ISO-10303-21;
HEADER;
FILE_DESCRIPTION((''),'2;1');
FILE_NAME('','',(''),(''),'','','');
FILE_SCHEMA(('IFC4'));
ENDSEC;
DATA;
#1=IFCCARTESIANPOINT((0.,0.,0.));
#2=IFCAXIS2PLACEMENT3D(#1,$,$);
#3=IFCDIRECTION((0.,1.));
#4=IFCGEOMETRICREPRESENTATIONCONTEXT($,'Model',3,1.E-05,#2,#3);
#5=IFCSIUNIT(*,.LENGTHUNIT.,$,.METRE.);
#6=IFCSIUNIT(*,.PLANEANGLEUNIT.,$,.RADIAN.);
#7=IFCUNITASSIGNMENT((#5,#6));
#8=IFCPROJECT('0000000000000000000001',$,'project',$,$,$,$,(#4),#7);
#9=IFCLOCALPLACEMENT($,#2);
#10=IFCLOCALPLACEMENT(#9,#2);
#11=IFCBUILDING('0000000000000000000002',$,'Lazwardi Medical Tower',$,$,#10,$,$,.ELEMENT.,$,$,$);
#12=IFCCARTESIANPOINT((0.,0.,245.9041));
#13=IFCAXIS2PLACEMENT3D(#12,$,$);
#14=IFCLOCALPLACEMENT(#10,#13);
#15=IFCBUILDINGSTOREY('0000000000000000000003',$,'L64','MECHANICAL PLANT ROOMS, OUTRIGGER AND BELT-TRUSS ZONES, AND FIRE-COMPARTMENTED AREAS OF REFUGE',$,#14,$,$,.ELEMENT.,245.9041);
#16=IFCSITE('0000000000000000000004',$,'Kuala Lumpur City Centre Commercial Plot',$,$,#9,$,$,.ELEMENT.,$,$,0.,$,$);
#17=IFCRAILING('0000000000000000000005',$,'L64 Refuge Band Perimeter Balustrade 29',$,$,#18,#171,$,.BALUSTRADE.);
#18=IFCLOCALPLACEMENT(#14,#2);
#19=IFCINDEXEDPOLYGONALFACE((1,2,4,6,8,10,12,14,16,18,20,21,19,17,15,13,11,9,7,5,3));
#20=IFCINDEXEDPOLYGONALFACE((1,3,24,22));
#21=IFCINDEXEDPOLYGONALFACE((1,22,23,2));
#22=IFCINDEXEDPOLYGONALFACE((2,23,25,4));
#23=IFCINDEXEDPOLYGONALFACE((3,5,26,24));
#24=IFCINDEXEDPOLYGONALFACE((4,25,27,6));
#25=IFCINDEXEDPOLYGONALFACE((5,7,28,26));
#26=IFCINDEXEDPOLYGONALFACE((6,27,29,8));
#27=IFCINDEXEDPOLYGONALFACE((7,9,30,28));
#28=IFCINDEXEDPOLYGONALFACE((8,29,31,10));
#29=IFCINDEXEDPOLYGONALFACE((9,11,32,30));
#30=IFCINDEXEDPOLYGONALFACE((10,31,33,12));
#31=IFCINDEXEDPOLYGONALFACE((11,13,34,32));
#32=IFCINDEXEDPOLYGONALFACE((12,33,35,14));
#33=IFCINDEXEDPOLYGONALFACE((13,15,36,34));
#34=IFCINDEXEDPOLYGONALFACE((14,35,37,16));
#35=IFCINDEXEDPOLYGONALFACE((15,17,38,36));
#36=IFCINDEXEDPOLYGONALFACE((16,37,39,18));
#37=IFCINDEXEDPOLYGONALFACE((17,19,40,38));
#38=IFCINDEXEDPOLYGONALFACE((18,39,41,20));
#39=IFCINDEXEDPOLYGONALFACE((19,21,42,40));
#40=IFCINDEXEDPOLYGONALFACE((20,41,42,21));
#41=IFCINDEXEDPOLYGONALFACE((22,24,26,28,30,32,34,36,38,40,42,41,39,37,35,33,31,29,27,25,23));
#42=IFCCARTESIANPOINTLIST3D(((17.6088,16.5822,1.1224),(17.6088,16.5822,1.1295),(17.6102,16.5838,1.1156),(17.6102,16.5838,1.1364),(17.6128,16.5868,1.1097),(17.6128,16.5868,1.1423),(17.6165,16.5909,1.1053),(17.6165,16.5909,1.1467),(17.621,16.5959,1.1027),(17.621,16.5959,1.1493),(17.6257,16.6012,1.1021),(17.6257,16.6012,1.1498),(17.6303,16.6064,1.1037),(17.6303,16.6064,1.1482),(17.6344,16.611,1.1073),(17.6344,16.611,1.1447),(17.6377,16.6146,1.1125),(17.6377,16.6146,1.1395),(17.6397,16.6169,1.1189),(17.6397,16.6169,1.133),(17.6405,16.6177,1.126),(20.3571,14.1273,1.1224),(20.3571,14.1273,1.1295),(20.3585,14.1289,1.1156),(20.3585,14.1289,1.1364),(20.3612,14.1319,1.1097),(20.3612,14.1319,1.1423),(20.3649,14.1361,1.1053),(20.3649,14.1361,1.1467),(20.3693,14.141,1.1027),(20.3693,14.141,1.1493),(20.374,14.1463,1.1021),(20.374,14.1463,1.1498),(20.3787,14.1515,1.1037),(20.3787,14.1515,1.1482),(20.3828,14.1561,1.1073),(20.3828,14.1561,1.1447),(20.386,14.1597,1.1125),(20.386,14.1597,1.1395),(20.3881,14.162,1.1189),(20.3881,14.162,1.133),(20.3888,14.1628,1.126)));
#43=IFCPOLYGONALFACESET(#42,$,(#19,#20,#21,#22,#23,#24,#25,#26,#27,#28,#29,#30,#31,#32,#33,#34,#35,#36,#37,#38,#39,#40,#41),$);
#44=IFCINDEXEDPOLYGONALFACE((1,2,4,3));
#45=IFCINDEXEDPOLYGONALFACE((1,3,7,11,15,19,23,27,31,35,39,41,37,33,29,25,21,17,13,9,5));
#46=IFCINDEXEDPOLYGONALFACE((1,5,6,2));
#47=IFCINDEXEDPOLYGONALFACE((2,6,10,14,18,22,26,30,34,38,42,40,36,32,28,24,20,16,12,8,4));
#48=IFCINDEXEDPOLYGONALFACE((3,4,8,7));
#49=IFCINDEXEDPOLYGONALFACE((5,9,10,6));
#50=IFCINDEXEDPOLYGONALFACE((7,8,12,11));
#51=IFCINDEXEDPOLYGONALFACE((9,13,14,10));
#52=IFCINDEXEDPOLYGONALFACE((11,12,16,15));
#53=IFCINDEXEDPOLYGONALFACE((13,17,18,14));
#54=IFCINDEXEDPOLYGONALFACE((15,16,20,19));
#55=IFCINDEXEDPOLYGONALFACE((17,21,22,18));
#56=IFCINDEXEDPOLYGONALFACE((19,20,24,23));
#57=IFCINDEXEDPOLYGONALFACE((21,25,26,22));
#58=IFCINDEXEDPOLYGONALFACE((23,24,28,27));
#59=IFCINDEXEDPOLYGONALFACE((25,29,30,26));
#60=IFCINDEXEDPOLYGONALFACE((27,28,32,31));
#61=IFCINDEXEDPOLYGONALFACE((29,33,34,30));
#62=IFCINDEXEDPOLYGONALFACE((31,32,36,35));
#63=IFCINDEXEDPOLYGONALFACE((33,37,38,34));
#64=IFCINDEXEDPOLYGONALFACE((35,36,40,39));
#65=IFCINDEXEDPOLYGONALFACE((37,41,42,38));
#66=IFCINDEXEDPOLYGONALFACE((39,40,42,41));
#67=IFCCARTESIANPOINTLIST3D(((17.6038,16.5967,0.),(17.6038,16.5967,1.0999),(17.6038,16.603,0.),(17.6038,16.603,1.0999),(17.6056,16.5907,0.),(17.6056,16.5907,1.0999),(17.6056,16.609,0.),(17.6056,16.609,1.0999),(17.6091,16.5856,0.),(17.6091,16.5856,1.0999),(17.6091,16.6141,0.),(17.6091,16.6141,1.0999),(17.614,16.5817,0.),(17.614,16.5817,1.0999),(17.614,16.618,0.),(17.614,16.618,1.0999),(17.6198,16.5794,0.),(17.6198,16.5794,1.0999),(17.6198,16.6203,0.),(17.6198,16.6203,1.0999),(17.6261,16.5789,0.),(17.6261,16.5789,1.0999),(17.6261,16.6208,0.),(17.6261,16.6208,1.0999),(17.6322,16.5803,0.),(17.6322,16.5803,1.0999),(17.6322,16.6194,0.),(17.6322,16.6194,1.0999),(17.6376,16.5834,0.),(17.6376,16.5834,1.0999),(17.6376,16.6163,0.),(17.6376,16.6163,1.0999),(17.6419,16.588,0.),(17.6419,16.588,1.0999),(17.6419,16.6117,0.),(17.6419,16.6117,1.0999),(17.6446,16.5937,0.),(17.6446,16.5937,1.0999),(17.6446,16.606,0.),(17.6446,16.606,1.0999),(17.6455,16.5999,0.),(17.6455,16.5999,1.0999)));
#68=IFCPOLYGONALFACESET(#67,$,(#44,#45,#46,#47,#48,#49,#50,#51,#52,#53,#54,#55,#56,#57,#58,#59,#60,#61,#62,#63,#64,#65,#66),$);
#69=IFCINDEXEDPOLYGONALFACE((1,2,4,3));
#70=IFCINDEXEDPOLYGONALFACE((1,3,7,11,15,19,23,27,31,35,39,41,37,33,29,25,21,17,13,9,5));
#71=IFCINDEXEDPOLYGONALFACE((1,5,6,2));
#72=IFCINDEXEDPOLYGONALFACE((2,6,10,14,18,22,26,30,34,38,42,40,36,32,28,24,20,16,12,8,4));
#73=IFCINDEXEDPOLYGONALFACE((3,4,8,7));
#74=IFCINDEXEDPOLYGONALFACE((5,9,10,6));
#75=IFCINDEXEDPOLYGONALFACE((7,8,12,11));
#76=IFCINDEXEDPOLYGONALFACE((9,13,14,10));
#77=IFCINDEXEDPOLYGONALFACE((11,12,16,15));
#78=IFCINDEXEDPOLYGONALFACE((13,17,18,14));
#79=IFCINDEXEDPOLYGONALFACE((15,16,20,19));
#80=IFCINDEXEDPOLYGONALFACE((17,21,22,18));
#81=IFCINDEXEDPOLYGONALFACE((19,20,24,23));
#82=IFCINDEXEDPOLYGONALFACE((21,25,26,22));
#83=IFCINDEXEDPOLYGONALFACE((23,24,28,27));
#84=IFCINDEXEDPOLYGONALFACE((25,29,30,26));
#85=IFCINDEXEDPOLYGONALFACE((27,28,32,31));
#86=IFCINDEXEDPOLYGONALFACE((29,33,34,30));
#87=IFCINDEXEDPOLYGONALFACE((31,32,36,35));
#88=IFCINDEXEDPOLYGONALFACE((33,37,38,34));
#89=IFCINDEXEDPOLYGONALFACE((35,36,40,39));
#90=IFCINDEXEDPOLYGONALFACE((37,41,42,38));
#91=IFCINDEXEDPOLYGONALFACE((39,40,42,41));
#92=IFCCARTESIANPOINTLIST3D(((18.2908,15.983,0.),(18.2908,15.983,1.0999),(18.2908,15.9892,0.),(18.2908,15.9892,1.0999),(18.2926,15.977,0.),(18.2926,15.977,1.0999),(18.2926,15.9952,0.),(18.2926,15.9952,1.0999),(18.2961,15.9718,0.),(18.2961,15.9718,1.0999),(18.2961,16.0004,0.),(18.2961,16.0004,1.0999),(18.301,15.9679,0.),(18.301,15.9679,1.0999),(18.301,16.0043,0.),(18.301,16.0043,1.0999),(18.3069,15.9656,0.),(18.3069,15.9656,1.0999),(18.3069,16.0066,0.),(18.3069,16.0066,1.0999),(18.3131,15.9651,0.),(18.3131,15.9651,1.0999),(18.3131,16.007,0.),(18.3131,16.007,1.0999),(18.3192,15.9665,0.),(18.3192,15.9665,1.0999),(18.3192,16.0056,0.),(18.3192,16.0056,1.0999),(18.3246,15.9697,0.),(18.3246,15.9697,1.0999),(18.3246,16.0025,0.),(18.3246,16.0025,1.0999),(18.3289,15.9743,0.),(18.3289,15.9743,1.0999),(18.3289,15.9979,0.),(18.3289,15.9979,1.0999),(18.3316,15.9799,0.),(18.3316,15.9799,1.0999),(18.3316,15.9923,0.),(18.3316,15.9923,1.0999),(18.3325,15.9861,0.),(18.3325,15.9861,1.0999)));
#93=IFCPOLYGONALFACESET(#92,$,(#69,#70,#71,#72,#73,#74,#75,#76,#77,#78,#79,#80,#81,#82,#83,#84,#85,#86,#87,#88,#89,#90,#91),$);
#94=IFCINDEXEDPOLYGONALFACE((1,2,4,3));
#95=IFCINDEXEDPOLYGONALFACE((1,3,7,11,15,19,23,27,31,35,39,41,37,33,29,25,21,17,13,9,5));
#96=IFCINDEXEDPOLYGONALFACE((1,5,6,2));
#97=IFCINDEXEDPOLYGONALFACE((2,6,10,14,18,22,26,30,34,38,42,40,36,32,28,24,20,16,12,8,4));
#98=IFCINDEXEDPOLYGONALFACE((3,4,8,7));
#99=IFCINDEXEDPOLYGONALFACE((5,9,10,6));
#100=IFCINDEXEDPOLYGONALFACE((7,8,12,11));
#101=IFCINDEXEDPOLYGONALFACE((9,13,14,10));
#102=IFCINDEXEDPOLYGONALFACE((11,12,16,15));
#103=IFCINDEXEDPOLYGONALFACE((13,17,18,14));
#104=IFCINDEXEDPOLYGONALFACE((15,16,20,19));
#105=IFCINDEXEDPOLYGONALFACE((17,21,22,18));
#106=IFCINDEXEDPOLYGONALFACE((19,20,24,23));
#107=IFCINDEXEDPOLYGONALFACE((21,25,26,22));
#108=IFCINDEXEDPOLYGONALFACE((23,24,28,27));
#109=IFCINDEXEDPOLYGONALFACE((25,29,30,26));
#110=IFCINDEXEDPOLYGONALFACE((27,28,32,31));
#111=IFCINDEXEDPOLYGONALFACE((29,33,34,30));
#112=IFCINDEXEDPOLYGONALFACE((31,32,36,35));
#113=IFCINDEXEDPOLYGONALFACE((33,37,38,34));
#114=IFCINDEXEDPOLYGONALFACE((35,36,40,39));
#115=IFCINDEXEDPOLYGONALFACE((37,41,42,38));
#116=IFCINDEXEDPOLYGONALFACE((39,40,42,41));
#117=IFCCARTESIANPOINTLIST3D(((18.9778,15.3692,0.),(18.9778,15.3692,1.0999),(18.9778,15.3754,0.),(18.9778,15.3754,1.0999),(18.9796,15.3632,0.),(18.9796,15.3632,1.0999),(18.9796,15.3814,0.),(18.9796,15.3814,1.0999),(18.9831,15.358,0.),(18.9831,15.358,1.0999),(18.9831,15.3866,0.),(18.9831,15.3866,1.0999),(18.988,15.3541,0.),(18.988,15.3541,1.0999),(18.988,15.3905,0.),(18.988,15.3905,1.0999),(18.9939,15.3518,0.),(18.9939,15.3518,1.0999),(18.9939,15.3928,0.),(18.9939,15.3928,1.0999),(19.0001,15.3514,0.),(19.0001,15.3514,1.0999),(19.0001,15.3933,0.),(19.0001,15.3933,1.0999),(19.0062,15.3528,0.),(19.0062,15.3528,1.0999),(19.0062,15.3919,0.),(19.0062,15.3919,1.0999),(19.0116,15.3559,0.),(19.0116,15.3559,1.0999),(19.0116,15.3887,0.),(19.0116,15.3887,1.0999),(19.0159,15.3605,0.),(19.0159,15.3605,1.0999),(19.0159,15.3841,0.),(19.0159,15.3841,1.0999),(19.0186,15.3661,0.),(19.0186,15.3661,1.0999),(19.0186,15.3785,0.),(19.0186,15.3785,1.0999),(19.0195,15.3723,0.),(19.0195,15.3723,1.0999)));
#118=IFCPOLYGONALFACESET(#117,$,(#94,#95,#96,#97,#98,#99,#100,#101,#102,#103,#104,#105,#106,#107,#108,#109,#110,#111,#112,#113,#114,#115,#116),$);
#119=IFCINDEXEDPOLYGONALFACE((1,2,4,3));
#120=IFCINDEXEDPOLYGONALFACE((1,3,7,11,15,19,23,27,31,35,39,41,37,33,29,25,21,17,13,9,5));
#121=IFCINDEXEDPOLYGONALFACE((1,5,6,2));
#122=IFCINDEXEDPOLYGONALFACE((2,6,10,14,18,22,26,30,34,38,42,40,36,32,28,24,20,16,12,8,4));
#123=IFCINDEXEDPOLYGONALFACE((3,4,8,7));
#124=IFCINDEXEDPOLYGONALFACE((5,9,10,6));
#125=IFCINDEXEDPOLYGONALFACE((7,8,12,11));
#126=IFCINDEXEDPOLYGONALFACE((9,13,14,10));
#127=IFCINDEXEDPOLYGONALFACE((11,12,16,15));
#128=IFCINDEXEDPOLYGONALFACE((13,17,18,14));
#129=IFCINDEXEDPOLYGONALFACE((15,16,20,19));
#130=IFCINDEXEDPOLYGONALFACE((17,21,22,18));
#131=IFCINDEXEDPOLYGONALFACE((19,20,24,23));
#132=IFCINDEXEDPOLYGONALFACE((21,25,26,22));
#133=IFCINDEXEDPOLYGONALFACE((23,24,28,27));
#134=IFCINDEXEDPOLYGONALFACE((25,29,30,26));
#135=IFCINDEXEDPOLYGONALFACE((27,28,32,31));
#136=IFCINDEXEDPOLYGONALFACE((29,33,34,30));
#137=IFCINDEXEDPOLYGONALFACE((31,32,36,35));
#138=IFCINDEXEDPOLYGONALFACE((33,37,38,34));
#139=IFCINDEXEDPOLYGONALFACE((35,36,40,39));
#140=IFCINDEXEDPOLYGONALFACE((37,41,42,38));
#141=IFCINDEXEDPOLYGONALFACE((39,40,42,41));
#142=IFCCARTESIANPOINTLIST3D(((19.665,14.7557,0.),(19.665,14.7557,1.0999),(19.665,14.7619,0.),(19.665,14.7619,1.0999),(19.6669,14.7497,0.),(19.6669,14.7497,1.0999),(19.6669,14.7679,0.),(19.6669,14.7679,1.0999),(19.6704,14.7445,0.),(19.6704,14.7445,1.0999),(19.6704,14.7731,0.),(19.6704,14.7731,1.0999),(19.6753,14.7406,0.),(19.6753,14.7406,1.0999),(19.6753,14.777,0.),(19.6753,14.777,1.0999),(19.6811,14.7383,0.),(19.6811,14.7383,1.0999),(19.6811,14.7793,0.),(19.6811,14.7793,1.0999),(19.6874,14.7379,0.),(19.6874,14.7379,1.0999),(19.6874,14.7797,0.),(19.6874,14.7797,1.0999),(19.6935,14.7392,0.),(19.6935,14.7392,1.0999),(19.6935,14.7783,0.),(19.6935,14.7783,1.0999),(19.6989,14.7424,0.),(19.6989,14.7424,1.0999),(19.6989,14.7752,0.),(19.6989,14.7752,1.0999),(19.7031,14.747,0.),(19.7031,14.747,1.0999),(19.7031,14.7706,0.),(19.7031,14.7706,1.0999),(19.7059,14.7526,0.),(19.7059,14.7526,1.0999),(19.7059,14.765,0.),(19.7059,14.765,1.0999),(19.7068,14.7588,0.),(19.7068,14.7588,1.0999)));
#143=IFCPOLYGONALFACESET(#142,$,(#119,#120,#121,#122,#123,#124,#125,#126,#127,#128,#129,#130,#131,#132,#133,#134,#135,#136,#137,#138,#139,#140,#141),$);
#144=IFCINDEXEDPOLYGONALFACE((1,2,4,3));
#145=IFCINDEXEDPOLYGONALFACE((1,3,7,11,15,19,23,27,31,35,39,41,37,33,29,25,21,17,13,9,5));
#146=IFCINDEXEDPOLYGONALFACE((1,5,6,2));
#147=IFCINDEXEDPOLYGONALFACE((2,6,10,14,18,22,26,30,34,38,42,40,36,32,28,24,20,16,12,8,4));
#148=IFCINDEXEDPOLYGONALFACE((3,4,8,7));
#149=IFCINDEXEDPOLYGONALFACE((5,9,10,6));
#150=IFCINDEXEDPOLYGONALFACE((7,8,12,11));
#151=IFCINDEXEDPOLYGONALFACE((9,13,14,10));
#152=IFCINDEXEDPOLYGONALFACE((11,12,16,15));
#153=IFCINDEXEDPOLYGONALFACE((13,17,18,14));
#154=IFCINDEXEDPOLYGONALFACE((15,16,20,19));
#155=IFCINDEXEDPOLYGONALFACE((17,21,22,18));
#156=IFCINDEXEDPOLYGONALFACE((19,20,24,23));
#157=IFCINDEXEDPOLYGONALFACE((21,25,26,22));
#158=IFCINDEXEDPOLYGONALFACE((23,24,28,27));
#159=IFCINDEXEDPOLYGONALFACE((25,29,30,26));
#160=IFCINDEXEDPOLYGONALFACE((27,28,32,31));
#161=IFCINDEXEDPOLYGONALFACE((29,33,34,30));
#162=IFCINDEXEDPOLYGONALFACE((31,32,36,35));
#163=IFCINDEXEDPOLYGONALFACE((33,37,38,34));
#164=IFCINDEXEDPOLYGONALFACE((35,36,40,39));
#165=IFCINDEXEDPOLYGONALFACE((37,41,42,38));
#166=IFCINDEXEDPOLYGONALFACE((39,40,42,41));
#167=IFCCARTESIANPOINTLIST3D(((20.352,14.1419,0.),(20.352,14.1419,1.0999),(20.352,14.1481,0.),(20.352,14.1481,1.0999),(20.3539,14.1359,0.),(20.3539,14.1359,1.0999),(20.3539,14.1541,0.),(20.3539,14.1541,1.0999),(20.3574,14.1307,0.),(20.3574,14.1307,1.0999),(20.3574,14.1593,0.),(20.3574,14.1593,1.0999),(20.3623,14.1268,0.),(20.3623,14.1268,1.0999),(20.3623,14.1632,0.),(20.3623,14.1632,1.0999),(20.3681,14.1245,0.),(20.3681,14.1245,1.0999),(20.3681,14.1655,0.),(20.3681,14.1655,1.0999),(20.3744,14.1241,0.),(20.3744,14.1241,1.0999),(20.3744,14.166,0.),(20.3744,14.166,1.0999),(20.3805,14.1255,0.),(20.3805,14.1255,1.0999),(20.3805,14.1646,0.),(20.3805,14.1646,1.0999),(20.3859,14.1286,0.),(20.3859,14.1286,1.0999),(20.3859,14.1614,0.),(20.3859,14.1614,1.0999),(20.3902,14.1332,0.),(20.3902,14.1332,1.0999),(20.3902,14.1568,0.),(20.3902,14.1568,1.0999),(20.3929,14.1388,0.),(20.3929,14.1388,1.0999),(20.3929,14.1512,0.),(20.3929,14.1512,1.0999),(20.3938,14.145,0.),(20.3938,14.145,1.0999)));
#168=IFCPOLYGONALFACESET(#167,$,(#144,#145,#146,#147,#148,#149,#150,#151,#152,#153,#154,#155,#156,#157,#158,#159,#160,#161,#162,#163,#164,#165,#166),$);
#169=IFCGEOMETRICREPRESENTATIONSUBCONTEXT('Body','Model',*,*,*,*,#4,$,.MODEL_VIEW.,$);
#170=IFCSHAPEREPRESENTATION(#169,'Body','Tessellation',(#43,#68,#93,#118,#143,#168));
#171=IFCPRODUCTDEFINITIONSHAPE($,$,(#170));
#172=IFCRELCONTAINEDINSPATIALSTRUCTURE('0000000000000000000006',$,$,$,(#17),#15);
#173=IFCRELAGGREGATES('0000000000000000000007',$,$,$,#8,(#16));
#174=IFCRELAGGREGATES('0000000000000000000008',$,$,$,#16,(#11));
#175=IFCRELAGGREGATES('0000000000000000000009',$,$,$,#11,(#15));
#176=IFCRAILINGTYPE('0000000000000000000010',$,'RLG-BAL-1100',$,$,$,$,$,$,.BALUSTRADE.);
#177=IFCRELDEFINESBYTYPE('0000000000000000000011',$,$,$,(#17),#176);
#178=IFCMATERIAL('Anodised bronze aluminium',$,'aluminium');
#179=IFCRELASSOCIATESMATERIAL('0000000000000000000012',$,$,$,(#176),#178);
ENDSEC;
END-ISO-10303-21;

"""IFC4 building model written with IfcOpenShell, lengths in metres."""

from ifc_helpers import new_model, si_unit, direction, frame, origin, origin_2d, place, context, subcontext, project, spatial, circle, extrude, material, type_object, element, save


model = new_model("IFC4")

# Units and contexts
model_context = context("Model", 3, precision=1e-05, world=origin(), true_north=direction((0.0, 1.0)))
body_context = subcontext(model_context, "Body", "Model", "MODEL_VIEW")
ifc_project = project(units=[si_unit("LENGTHUNIT", "METRE"), si_unit("PLANEANGLEUNIT", "RADIAN")], contexts=[model_context])

# Site, building, storey
site_placement = place(None, origin())
site = spatial("IfcSite", under=ifc_project, at=site_placement, Name="Kuala Lumpur City Centre Commercial Plot", CompositionType="ELEMENT", RefElevation=0.0)
building_placement = place(site_placement, origin())
building = spatial("IfcBuilding", under=site, at=building_placement, Name="Lazwardi Medical Tower", CompositionType="ELEMENT")
storey_placement = place(building_placement, frame((0.0, 0.0, 245.9041)))
storey = spatial("IfcBuildingStorey", under=building, at=storey_placement, Name="L64", Description="MECHANICAL PLANT ROOMS, OUTRIGGER AND BELT-TRUSS ZONES, AND FIRE-COMPARTMENTED AREAS OF REFUGE", CompositionType="ELEMENT", Elevation=245.9041)

# Railing
ifc_material_1 = material(Name="Anodised bronze aluminium", Category="aluminium")
railing_type = type_object("IfcRailingType", Name="RLG-BAL-1100", PredefinedType="BALUSTRADE", material=ifc_material_1)
railing_1_placement = place(storey_placement, frame((17.6245, 16.5999, 0.0)))
element("IfcRailing", 1, at=railing_1_placement, inside=storey, type_object=railing_type, Name="L64 Refuge Band Perimeter Balustrade 29", PredefinedType="BALUSTRADE", context=body_context, shape_type="SweptSolid", body=[
    extrude(circle(Radius=0.0239, at=origin_2d()), frame((0.0, 0.0, 1.126), z_axis=(0.745802, -0.666167, 0.0), x_axis=(0.666167, 0.745802, 0.0)), (0.0, 0.0, 1.0), 3.6851),
    extrude(circle(Radius=0.021, at=origin_2d()), origin(), (0.0, 0.0, 1.0), 1.0999),
    extrude(circle(Radius=0.021, at=origin_2d()), frame((0.687, -0.6138, 0.0)), (0.0, 0.0, 1.0), 1.0999),
    extrude(circle(Radius=0.021, at=origin_2d()), frame((1.374, -1.2275, 0.0)), (0.0, 0.0, 1.0), 1.0999),
    extrude(circle(Radius=0.021, at=origin_2d()), frame((2.0613, -1.8411, 0.0)), (0.0, 0.0, 1.0), 1.0999),
    extrude(circle(Radius=0.021, at=origin_2d()), frame((2.7483, -2.4548, 0.0)), (0.0, 0.0, 1.0), 1.0999),
])

save(model, "model.ifc")
